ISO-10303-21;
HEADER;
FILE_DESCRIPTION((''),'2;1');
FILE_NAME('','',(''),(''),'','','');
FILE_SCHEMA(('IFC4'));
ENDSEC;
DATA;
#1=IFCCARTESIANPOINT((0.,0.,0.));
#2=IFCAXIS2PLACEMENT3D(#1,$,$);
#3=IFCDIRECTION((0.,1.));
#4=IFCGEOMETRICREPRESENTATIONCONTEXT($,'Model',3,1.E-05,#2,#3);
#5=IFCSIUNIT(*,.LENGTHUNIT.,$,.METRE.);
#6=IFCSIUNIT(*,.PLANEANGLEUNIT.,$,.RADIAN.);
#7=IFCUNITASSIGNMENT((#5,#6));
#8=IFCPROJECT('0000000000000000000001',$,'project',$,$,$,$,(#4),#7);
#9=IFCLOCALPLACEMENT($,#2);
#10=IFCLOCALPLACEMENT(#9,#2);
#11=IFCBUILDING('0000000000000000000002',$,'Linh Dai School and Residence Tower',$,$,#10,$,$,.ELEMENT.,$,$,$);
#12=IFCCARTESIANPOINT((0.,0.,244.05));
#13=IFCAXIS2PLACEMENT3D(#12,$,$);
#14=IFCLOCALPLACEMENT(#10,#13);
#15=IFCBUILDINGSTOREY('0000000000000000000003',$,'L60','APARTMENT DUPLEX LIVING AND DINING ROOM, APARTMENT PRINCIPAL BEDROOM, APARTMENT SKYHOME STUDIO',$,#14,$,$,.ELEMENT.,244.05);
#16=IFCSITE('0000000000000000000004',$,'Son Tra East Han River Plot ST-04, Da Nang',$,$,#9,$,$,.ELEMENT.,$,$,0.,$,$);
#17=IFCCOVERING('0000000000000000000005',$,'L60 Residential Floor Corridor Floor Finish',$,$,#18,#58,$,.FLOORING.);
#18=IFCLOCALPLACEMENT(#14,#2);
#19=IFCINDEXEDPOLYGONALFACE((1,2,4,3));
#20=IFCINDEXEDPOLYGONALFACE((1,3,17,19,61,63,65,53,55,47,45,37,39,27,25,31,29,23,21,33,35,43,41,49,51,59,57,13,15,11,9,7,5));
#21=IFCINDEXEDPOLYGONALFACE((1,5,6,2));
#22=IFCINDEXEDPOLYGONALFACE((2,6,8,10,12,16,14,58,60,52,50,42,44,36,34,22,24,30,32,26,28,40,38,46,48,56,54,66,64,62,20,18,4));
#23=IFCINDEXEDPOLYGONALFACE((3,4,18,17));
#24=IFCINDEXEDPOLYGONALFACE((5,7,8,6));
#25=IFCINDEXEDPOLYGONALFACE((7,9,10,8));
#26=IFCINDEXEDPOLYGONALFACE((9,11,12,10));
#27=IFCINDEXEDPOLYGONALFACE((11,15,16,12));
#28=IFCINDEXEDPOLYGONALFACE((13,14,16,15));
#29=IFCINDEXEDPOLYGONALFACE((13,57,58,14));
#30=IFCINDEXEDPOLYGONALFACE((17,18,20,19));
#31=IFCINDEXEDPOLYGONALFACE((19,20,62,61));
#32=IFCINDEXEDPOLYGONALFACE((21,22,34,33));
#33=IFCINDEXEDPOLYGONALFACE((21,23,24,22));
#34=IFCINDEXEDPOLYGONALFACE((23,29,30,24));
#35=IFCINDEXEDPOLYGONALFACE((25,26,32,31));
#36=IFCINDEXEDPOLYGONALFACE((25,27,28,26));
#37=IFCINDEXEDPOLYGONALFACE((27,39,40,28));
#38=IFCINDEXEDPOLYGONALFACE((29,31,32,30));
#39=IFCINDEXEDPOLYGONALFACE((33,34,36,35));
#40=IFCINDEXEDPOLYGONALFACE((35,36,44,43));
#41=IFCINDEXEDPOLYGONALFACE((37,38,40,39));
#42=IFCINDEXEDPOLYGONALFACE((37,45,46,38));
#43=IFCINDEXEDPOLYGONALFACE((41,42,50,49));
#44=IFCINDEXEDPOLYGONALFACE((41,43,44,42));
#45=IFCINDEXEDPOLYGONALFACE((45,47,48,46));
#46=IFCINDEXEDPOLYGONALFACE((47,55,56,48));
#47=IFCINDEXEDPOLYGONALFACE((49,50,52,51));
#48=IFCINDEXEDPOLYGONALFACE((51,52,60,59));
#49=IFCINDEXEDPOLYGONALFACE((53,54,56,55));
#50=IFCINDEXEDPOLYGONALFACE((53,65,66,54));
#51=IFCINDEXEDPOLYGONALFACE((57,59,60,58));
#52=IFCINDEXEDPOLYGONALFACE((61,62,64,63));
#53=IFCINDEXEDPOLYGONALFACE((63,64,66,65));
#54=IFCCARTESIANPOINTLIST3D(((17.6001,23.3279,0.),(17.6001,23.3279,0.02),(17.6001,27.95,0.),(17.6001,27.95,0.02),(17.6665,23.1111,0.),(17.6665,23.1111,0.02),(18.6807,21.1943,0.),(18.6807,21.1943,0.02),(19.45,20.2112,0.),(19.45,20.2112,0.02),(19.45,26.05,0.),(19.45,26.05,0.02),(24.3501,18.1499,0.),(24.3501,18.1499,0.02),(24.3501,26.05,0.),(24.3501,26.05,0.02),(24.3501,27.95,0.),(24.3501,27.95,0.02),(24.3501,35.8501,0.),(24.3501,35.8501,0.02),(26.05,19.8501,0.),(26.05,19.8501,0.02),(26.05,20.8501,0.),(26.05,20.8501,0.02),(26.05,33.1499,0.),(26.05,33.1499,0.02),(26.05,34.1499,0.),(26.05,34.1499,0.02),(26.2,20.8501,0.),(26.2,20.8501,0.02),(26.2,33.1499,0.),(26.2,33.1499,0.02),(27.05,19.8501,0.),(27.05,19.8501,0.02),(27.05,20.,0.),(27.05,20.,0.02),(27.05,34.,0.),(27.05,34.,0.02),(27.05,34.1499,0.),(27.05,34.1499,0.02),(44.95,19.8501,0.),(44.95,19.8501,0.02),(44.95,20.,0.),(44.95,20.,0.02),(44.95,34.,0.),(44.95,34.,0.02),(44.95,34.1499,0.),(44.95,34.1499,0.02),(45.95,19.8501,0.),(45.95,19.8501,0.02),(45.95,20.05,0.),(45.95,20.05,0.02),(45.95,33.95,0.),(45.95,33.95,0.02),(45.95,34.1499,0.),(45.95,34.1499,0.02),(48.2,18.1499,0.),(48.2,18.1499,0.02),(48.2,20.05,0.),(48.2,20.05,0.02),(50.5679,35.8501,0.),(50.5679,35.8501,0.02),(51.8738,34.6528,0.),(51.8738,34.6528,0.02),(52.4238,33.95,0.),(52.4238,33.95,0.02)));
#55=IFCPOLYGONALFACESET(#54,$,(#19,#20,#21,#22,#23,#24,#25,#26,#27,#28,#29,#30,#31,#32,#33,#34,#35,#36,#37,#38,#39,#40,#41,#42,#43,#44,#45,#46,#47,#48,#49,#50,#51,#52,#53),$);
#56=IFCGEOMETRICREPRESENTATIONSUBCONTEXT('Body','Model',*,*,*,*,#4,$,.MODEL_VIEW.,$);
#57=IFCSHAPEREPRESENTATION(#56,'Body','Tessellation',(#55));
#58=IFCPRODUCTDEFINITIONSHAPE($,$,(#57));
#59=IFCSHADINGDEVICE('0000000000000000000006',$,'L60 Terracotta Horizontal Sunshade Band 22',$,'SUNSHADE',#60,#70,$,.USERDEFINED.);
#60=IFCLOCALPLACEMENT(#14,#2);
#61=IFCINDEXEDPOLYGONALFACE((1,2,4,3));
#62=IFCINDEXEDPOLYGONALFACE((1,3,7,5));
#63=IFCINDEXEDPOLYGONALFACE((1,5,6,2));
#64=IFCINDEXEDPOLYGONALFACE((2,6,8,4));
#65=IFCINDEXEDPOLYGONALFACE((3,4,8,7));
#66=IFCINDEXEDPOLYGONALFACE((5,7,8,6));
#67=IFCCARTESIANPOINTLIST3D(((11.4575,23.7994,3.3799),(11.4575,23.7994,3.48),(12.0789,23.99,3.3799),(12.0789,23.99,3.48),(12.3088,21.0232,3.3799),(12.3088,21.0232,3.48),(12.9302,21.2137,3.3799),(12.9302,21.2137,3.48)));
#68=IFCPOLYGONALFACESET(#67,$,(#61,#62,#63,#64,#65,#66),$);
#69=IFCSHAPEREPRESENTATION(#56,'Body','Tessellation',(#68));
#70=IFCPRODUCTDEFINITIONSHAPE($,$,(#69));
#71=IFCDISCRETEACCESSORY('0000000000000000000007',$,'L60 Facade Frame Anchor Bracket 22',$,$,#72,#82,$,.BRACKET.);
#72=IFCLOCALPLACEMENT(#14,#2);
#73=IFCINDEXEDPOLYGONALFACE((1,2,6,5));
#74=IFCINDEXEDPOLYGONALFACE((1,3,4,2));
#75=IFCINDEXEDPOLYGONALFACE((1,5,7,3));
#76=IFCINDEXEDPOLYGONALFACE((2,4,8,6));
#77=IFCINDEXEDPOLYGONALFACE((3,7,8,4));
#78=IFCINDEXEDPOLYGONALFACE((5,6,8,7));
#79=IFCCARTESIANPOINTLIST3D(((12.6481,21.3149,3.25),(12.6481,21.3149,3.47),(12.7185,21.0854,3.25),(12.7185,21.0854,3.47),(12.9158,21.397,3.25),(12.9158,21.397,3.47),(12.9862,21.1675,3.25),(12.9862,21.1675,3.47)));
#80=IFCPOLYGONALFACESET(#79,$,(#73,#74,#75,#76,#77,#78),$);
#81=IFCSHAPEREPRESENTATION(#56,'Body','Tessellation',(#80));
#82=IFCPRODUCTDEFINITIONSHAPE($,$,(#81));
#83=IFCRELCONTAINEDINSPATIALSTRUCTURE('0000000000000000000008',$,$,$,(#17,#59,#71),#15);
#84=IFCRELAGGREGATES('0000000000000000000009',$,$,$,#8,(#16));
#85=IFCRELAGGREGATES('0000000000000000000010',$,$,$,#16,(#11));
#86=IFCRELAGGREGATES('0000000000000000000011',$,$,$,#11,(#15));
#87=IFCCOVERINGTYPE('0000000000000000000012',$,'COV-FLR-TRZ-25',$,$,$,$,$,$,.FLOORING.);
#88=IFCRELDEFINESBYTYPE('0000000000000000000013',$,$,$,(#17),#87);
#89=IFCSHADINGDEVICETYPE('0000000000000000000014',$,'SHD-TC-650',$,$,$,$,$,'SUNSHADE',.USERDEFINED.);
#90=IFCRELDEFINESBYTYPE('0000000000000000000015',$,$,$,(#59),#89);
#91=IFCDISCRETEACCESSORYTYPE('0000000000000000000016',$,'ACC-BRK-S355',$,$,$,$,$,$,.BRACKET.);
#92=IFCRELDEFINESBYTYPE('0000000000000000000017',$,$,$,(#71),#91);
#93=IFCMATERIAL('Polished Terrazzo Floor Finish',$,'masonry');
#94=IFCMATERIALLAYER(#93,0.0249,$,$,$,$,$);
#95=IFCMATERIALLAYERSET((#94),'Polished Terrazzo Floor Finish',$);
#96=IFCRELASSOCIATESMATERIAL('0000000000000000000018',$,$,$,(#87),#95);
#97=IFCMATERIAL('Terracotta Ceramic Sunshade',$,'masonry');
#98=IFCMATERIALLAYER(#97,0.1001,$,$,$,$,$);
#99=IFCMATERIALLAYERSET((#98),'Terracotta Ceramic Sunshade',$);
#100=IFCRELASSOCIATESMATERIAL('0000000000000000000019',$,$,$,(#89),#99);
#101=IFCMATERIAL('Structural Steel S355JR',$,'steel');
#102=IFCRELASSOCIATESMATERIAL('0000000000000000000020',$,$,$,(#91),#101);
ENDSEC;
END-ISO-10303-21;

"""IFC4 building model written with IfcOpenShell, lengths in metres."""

from ifc_helpers import new_model, si_unit, direction, frame, origin, origin_2d, place, context, subcontext, project, spatial, polyline, rectangle, outline, extrude, source, transform, mapped, material, layer, layer_set, type_object, element, save


model = new_model("IFC4")

# Units and contexts
model_context = context("Model", 3, precision=1e-05, world=origin(), true_north=direction((0.0, 1.0)))
body_context = subcontext(model_context, "Body", "Model", "MODEL_VIEW")
ifc_project = project(units=[si_unit("LENGTHUNIT", "METRE"), si_unit("PLANEANGLEUNIT", "RADIAN")], contexts=[model_context])

# Site, building, storey
site_placement = place(None, origin())
site = spatial("IfcSite", under=ifc_project, at=site_placement, Name="Son Tra East Han River Plot ST-04, Da Nang", CompositionType="ELEMENT", RefElevation=0.0)
building_placement = place(site_placement, origin())
building = spatial("IfcBuilding", under=site, at=building_placement, Name="Linh Dai School and Residence Tower", CompositionType="ELEMENT")
storey_placement = place(building_placement, frame((0.0, 0.0, 244.05)))
storey = spatial("IfcBuildingStorey", under=building, at=storey_placement, Name="L60", Description="APARTMENT DUPLEX LIVING AND DINING ROOM, APARTMENT PRINCIPAL BEDROOM, APARTMENT SKYHOME STUDIO", CompositionType="ELEMENT", Elevation=244.05)

# Shared definitions
ifc_material_1 = material(Name="Structural Steel S355JR", Category="steel")

# Covering
ifc_material_2 = material(Name="Polished Terrazzo Floor Finish", Category="masonry")
ifc_layer_1 = layer(ifc_material_2, 0.0249)
ifc_layer_set_1 = layer_set([ifc_layer_1], Name="Polished Terrazzo Floor Finish")
covering_type_1 = type_object("IfcCoveringType", Name="COV-FLR-TRZ-25", PredefinedType="FLOORING", material=ifc_layer_set_1)
covering_1_placement = place(storey_placement, origin())
element("IfcCovering", 1, at=covering_1_placement, inside=storey, type_object=covering_type_1, Name="L60 Residential Floor Corridor Floor Finish", PredefinedType="FLOORING", context=body_context, shape_type="SweptSolid", body=[
    extrude(outline(polyline([(19.45, 20.2112), (18.6807, 21.1943), (17.6665, 23.1111), (17.6001, 23.3279), (17.6001, 27.95), (24.3501, 27.95), (24.3501, 35.8501), (50.5679, 35.8501), (51.8738, 34.6528), (52.4238, 33.95), (45.95, 33.95), (45.95, 34.1499), (44.95, 34.1499), (44.95, 34.0), (27.05, 34.0), (27.05, 34.1499), (26.05, 34.1499), (26.05, 33.1499), (26.2, 33.1499), (26.2, 20.8501), (26.05, 20.8501), (26.05, 19.8501), (27.05, 19.8501), (27.05, 20.0), (44.95, 20.0), (44.95, 19.8501), (45.95, 19.8501), (45.95, 20.05), (48.2, 20.05), (48.2, 18.1499), (24.3501, 18.1499), (24.3501, 26.05), (19.45, 26.05), (19.45, 20.2112)])), origin(), (0.0, 0.0, 1.0), 0.02),
])

# Shading device
ifc_material_3 = material(Name="Terracotta Ceramic Sunshade", Category="masonry")
ifc_layer_2 = layer(ifc_material_3, 0.1001)
ifc_layer_set_2 = layer_set([ifc_layer_2], Name="Terracotta Ceramic Sunshade")
shading_device_type = type_object("IfcShadingDeviceType", Name="SHD-TC-650", ElementType="SUNSHADE", PredefinedType="USERDEFINED", material=ifc_layer_set_2)
shared_shape_1 = source(origin(), body_context, "Body", "SweptSolid", [
    extrude(rectangle(XDim=2.9038, YDim=0.6499, at=origin_2d()), origin(), (0.0, 0.0, 1.0), 0.1001),
])
shading_device_placement = place(storey_placement, frame((12.1938, 22.5066, 3.3799), z_axis=(0.0, 0.0, 1.0), x_axis=(-0.293157, 0.956064, 0.0)))
element("IfcShadingDevice", 2, at=shading_device_placement, inside=storey, type_object=shading_device_type, Name="L60 Terracotta Horizontal Sunshade Band 22", ObjectType="SUNSHADE", PredefinedType="USERDEFINED", context=body_context, shape_type="MappedRepresentation", body=[
    mapped(shared_shape_1, transform((0.0, 0.0, 0.0), x_axis=(1.0, 0.0, 0.0), y_axis=(0.0, 1.0, 0.0), z_axis=(0.0, 0.0, 1.0), scale=1.0)),
])

# Discrete accessory
discrete_accessory_type = type_object("IfcDiscreteAccessoryType", Name="ACC-BRK-S355", PredefinedType="BRACKET", material=ifc_material_1)
shared_shape_2 = source(origin(), body_context, "Body", "SweptSolid", [
    extrude(rectangle(XDim=0.28, YDim=0.24, at=origin_2d()), origin(), (0.0, 0.0, 1.0), 0.22),
])
discrete_accessory_placement = place(storey_placement, frame((12.8171, 21.2412, 3.25), z_axis=(0.0, 0.0, 1.0), x_axis=(-0.956064, -0.293157, 0.0)))
element("IfcDiscreteAccessory", 3, at=discrete_accessory_placement, inside=storey, type_object=discrete_accessory_type, Name="L60 Facade Frame Anchor Bracket 22", PredefinedType="BRACKET", context=body_context, shape_type="MappedRepresentation", body=[
    mapped(shared_shape_2, transform((0.0, 0.0, 0.0), x_axis=(1.0, 0.0, 0.0), y_axis=(0.0, 1.0, 0.0), z_axis=(0.0, 0.0, 1.0), scale=1.0)),
])

save(model, "model.ifc")
